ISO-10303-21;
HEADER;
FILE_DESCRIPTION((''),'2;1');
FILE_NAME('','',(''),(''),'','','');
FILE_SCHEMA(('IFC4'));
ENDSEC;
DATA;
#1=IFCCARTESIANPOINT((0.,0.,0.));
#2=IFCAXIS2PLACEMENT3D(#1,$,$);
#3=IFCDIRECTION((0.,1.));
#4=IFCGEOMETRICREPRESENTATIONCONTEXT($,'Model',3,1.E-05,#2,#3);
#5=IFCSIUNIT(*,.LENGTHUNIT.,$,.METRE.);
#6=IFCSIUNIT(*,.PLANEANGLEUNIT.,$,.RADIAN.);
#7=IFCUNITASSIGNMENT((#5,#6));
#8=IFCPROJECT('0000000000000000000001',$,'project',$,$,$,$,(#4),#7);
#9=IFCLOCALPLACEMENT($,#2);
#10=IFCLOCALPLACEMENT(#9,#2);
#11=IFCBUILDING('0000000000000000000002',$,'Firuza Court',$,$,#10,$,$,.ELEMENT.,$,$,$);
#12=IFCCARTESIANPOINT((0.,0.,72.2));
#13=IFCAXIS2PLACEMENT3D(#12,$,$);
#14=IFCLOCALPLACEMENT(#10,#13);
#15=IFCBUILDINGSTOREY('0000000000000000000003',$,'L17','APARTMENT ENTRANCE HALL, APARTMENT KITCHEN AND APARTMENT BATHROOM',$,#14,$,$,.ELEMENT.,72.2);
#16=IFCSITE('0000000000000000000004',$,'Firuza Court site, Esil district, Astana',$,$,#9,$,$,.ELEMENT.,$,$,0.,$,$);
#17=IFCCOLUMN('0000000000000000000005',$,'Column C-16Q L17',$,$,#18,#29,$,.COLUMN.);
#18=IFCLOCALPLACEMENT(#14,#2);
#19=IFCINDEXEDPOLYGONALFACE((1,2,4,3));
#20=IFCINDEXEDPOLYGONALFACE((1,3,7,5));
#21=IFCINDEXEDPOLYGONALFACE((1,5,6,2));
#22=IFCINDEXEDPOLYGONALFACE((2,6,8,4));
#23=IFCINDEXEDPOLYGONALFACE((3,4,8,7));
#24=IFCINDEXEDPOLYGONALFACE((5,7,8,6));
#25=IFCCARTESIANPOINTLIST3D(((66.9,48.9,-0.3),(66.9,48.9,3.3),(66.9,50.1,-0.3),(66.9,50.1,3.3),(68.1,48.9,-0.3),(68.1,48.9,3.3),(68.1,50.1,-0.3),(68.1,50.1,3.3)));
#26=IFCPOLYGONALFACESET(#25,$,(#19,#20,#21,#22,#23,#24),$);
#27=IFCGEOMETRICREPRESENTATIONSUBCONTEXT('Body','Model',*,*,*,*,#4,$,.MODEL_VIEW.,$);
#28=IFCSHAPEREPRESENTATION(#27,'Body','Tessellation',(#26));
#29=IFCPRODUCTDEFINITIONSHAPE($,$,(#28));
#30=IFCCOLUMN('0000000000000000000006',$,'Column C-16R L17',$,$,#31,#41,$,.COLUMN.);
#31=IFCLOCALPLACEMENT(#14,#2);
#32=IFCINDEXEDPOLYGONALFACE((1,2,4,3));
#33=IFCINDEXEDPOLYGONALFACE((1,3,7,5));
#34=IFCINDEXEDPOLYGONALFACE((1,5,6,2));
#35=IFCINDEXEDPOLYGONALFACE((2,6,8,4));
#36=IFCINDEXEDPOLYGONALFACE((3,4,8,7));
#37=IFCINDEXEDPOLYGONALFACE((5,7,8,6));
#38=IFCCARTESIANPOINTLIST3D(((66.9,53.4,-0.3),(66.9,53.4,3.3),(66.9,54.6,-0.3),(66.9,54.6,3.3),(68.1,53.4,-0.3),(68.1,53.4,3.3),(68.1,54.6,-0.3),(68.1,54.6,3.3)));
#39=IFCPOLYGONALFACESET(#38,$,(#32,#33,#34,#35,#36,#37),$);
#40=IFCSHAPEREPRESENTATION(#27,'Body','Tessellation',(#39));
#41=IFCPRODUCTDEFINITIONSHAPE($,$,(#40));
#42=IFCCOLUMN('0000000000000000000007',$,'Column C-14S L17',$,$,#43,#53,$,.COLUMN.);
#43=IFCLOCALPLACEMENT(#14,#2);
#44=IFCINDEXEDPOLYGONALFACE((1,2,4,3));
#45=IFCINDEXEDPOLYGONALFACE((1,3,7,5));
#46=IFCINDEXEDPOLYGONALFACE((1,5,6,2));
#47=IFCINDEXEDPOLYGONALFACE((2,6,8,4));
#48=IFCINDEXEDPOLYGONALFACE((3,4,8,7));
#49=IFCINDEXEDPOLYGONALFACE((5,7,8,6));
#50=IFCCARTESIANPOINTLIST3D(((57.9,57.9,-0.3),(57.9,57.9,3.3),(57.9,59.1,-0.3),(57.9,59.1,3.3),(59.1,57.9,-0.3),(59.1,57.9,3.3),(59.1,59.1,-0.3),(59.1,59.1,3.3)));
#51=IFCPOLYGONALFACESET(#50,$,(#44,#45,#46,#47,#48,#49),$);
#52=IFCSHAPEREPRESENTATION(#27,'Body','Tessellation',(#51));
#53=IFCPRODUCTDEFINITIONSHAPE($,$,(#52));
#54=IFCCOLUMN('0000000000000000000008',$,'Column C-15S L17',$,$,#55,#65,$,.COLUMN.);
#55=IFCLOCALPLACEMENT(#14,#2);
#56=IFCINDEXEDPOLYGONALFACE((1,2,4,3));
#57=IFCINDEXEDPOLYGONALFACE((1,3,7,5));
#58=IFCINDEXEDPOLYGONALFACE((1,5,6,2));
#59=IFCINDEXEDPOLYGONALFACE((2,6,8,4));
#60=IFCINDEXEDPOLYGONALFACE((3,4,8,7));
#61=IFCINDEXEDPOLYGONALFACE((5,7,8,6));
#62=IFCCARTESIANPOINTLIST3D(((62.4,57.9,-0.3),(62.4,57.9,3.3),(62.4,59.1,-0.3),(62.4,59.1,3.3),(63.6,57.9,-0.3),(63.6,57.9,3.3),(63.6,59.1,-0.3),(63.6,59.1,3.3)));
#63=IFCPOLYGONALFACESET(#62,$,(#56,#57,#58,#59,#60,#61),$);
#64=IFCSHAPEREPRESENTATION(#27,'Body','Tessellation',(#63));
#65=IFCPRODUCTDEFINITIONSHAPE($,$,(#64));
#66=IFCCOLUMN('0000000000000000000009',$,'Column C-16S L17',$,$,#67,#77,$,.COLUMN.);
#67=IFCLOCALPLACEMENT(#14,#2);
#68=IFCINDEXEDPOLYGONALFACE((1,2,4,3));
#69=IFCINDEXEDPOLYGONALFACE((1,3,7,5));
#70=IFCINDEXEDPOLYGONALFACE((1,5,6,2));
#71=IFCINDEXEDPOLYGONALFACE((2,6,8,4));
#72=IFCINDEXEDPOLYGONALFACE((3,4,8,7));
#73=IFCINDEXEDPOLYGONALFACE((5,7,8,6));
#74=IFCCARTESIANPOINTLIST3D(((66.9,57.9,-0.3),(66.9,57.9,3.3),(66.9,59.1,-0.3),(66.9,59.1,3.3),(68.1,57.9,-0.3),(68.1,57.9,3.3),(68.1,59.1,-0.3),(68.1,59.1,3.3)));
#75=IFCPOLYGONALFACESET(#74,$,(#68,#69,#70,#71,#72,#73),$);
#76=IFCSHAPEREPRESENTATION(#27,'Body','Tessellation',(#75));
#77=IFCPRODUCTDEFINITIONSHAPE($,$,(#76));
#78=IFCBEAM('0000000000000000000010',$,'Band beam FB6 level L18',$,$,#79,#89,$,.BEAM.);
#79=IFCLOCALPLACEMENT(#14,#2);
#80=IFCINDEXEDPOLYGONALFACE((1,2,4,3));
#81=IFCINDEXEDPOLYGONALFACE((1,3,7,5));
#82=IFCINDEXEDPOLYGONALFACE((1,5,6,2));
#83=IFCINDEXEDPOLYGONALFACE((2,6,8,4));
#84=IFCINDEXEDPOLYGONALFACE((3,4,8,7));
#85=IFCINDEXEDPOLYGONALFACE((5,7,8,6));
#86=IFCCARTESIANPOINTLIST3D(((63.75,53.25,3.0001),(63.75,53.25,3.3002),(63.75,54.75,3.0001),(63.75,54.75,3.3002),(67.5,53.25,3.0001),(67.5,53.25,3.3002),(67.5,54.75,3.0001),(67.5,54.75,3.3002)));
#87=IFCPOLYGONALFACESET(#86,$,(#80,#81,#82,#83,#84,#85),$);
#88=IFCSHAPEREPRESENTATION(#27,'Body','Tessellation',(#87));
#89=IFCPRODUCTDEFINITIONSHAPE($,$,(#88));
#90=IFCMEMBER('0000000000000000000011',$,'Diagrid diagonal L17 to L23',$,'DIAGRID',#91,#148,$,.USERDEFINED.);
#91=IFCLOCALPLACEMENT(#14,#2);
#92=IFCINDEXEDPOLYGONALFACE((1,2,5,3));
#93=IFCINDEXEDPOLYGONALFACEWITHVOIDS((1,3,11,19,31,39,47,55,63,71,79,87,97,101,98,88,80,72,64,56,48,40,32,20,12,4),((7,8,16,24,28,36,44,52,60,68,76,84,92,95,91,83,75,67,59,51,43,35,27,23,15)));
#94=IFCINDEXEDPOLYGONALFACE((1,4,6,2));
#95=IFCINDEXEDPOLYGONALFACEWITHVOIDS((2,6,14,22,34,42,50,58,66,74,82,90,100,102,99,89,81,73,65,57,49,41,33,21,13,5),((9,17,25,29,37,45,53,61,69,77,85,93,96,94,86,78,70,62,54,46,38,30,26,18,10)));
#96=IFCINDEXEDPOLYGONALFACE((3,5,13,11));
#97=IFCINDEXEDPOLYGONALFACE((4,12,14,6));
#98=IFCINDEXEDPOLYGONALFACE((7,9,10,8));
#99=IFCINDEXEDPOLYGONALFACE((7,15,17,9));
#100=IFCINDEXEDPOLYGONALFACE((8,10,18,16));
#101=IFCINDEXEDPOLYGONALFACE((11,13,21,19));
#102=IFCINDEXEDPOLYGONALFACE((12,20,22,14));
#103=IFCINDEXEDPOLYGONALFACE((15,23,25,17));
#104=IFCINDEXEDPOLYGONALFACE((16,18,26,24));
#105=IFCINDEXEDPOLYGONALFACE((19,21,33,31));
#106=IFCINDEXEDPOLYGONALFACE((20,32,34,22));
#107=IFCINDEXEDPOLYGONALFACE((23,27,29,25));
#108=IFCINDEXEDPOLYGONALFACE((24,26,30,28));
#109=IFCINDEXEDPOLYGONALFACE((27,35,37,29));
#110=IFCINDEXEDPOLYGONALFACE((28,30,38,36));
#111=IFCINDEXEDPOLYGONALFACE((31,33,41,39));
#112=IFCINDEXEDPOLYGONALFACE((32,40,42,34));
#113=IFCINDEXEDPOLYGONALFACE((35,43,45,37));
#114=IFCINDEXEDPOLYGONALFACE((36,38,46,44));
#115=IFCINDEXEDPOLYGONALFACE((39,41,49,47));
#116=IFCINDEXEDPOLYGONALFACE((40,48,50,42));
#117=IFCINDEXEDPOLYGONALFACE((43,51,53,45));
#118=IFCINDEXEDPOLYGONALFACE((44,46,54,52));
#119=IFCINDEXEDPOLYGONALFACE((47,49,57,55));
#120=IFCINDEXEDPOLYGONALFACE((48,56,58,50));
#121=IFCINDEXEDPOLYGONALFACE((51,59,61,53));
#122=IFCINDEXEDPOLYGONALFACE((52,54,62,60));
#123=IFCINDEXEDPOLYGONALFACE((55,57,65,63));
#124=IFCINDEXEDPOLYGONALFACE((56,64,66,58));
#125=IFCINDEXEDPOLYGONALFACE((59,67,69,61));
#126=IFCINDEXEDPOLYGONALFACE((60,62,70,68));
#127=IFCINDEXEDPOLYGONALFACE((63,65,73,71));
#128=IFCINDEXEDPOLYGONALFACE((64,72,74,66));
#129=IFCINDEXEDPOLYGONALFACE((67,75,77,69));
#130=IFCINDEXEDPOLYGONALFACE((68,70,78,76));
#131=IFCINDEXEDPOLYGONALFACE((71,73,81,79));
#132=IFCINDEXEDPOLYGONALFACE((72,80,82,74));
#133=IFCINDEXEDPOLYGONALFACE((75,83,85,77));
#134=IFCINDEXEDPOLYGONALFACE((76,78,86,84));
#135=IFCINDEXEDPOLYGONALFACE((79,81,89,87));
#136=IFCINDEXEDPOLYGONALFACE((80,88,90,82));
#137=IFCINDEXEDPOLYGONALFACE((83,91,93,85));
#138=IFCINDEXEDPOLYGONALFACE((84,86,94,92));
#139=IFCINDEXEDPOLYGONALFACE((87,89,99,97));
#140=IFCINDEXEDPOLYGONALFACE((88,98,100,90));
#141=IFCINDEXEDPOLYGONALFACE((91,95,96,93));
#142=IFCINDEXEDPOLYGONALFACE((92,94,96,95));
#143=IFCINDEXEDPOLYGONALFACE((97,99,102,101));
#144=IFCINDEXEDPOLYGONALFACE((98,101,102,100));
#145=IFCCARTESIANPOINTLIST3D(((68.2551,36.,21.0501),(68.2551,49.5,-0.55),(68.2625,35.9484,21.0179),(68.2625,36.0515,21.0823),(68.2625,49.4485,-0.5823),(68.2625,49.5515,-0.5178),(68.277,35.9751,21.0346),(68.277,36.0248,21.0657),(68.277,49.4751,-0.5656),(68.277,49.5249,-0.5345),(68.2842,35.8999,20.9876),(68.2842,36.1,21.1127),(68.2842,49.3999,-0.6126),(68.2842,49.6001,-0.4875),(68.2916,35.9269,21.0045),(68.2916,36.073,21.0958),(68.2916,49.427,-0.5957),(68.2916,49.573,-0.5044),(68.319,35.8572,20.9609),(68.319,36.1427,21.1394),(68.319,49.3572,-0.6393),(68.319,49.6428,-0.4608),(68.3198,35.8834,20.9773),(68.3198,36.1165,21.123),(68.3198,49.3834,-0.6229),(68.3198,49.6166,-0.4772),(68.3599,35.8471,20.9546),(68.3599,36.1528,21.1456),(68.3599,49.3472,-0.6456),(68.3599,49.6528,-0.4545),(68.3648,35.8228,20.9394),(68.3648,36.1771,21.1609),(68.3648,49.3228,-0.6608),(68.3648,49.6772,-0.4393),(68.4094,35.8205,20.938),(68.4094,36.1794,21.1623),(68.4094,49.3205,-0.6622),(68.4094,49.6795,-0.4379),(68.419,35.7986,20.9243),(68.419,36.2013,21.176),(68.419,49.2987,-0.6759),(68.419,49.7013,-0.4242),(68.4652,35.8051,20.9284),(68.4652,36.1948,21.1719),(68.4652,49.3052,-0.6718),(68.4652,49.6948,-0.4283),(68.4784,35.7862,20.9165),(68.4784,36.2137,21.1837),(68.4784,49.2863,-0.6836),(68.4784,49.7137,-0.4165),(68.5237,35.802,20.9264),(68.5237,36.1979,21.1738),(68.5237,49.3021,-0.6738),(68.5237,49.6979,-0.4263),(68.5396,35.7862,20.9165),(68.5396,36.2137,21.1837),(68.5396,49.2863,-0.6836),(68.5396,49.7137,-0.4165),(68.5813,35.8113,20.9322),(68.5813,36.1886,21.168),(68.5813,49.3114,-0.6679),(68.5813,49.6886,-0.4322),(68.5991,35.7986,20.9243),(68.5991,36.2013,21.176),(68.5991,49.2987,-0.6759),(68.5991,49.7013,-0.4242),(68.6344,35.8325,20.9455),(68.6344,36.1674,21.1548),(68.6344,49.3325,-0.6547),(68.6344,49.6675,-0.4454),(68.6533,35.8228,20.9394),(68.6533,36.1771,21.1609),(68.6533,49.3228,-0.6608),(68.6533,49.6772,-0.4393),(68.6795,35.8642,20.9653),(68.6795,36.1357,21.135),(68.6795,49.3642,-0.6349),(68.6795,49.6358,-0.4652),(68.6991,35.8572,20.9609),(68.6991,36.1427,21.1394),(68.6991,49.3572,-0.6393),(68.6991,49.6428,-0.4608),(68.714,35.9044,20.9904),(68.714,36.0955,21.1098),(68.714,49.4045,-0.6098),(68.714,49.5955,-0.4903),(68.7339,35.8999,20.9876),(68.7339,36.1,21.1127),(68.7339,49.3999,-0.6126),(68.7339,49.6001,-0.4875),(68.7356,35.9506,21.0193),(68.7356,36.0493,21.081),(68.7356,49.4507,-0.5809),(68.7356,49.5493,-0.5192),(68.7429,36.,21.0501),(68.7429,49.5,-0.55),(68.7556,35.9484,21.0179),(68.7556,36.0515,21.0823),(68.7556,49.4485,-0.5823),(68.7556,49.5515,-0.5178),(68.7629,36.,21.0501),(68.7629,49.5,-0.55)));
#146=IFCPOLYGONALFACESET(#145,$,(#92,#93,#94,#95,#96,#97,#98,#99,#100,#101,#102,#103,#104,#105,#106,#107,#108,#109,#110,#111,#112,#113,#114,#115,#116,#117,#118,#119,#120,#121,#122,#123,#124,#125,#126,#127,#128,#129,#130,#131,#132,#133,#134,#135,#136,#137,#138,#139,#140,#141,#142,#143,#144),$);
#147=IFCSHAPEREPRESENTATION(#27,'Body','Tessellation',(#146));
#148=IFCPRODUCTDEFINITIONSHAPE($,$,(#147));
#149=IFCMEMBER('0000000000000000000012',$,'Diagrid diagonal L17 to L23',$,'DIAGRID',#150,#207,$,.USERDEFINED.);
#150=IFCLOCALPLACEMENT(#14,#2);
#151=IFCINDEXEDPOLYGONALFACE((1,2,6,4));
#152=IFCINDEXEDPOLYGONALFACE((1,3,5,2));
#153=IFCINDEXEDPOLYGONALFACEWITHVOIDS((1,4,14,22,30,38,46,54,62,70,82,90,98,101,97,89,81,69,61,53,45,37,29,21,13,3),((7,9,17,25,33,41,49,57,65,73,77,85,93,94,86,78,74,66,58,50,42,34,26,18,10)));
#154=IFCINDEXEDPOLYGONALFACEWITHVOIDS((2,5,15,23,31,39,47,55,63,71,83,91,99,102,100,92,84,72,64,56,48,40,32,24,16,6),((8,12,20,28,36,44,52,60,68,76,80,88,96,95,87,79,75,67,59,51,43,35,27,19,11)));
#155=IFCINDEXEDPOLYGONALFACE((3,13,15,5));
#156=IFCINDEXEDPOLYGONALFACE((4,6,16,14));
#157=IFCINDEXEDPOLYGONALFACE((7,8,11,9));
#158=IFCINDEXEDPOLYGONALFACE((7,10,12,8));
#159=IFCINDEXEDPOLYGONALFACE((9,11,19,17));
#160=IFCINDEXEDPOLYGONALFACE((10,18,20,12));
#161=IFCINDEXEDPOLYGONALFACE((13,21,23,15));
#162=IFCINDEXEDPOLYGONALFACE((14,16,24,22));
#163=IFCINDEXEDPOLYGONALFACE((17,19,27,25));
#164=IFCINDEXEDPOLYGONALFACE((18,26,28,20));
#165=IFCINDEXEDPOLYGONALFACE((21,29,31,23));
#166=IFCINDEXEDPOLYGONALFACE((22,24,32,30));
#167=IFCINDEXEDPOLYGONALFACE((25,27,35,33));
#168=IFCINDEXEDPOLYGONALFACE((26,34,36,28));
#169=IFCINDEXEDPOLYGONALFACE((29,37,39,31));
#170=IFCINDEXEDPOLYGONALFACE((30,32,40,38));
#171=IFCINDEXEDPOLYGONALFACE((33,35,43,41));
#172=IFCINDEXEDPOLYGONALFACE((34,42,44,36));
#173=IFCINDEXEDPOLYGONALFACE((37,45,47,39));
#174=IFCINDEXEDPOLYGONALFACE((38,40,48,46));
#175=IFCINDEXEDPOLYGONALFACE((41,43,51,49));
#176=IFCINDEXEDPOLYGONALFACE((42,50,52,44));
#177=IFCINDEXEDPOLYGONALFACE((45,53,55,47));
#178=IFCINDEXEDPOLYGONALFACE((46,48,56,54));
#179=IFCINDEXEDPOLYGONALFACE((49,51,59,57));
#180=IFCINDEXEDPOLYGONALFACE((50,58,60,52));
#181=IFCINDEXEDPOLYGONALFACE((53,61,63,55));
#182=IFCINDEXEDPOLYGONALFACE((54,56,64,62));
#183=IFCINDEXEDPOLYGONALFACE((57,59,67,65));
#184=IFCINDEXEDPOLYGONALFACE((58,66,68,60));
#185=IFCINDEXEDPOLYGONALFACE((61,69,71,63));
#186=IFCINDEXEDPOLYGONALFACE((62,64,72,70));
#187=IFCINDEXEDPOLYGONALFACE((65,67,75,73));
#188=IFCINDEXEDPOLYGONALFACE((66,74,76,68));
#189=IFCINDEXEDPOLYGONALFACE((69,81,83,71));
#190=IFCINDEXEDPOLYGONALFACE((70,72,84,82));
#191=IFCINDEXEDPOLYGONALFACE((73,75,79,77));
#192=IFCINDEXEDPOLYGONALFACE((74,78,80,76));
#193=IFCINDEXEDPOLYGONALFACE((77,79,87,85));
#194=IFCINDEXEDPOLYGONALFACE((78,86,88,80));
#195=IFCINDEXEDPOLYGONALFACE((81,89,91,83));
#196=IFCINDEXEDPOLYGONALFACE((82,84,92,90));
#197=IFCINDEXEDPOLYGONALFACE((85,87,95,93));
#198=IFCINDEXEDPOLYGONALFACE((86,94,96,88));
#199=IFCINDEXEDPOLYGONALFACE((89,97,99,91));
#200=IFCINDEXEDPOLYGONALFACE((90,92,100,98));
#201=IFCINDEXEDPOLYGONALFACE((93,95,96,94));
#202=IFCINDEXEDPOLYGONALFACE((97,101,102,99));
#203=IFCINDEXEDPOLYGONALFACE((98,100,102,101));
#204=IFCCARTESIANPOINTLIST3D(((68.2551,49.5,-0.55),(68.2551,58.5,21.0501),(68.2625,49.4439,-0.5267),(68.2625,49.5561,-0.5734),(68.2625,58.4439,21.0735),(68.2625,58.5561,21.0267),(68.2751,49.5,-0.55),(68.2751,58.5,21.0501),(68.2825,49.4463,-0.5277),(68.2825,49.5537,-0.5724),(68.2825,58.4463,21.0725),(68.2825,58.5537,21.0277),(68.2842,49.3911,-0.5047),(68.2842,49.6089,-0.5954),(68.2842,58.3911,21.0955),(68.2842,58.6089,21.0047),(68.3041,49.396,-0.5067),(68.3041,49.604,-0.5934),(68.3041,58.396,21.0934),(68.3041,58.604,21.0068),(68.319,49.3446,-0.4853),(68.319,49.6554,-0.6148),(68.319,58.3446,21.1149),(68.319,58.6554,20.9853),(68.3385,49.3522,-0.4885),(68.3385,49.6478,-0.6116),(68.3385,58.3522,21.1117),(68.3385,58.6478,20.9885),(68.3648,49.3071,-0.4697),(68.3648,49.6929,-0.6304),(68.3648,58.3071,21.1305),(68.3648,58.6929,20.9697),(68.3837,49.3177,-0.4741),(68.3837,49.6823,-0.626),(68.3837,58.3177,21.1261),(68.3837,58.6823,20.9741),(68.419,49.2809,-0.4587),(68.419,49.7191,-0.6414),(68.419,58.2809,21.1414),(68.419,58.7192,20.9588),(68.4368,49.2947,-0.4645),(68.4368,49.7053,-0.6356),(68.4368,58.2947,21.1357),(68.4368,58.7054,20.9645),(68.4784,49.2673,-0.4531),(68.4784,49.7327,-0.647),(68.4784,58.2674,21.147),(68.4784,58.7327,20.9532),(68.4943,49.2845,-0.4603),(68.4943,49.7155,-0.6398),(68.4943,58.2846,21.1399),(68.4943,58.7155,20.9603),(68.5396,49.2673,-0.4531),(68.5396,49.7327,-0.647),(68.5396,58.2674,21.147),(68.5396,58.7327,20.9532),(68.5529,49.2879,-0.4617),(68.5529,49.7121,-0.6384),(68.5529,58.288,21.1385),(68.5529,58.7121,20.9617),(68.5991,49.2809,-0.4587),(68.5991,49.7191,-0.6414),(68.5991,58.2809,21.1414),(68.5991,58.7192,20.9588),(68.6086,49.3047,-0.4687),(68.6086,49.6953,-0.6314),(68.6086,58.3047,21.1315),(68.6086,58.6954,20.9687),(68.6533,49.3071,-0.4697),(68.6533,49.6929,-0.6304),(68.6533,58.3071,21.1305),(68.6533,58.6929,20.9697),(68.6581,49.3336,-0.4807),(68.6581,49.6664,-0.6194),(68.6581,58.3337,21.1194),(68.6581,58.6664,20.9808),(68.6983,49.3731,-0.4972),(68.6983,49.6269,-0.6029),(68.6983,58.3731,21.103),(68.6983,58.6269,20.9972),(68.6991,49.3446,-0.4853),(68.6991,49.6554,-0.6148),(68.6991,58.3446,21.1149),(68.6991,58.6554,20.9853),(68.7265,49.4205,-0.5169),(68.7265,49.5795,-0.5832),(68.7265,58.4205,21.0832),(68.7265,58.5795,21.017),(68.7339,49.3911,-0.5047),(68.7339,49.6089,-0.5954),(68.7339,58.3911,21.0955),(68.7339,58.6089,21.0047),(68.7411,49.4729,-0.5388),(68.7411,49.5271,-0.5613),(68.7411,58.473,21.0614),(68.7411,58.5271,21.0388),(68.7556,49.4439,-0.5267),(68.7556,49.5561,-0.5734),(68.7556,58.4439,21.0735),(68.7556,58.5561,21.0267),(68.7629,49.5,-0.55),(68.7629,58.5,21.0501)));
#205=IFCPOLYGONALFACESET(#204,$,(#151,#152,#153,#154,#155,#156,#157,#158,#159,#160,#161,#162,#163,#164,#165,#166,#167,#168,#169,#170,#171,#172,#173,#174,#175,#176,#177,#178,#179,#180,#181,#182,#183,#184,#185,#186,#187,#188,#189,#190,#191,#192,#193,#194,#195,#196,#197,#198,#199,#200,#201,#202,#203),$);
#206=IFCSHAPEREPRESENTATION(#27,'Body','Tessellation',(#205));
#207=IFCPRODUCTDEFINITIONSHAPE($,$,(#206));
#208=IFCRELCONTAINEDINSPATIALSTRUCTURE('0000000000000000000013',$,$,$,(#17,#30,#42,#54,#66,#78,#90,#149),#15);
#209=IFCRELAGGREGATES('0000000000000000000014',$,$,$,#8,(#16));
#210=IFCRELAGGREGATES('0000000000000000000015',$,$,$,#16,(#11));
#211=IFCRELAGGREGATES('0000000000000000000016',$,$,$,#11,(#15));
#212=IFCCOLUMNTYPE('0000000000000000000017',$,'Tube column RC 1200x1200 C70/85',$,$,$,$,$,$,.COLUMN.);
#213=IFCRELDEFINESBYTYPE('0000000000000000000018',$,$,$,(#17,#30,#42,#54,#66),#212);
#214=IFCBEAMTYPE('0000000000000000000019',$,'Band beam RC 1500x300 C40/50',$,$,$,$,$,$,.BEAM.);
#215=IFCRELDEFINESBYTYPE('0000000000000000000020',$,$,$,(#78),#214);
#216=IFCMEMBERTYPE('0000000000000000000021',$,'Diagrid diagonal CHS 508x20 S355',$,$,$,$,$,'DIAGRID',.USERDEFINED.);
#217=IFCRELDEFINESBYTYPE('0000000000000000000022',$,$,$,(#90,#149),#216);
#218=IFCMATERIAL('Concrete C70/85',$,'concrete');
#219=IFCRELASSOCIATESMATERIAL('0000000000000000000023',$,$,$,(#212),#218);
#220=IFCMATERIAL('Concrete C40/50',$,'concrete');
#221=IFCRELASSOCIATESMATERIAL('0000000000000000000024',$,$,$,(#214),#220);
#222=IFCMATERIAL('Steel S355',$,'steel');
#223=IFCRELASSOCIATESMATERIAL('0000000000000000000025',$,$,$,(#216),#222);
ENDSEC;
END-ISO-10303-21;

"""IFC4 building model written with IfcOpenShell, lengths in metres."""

from ifc_helpers import new_model, si_unit, direction, frame, origin, origin_2d, place, context, subcontext, project, spatial, rectangle, hollow_circle, extrude, material, material_profile, profile_set, type_object, element, save


model = new_model("IFC4")

# Units and contexts
model_context = context("Model", 3, precision=1e-05, world=origin(), true_north=direction((0.0, 1.0)))
body_context = subcontext(model_context, "Body", "Model", "MODEL_VIEW")
ifc_project = project(units=[si_unit("LENGTHUNIT", "METRE"), si_unit("PLANEANGLEUNIT", "RADIAN")], contexts=[model_context])

# Site, building, storey
site_placement = place(None, origin())
site = spatial("IfcSite", under=ifc_project, at=site_placement, Name="Firuza Court site, Esil district, Astana", CompositionType="ELEMENT", RefElevation=0.0)
building_placement = place(site_placement, origin())
building = spatial("IfcBuilding", under=site, at=building_placement, Name="Firuza Court", CompositionType="ELEMENT")
storey_placement = place(building_placement, frame((0.0, 0.0, 72.2)))
storey = spatial("IfcBuildingStorey", under=building, at=storey_placement, Name="L17", Description="APARTMENT ENTRANCE HALL, APARTMENT KITCHEN AND APARTMENT BATHROOM", CompositionType="ELEMENT", Elevation=72.2)

# Columns
ifc_material_1 = material(Name="Concrete C70/85", Category="concrete")
ifc_material_profile_1 = material_profile(ifc_material_1, rectangle(XDim=1.2, YDim=1.2, at=origin_2d()), Name="RC 1200x1200")
ifc_profile_set_1 = profile_set([ifc_material_profile_1], Name="Concrete C70/85")
column_type = type_object("IfcColumnType", Name="Tube column RC 1200x1200 C70/85", PredefinedType="COLUMN", material=ifc_profile_set_1)
for number, where, z_axis, x_axis, name in (
    (1, (67.5, 49.5, -0.3), (0.0, 0.0, 1.0), (1.0, 0.0, 0.0), "Column C-16Q L17"),
    (2, (67.5, 54.0, -0.3), (0.0, 0.0, 1.0), (1.0, 0.0, 0.0), "Column C-16R L17"),
    (3, (58.5, 58.5, -0.3), (0.0, 0.0, 1.0), (1.0, 0.0, 0.0), "Column C-14S L17"),
    (4, (63.0, 58.5, -0.3), (0.0, 0.0, 1.0), (1.0, 0.0, 0.0), "Column C-15S L17"),
    (5, (67.5, 58.5, -0.3), (0.0, 0.0, 1.0), (1.0, 0.0, 0.0), "Column C-16S L17"),
):
    element("IfcColumn", number, at=place(storey_placement, frame(where, z_axis=z_axis, x_axis=x_axis)), inside=storey, type_object=column_type, Name=name, PredefinedType="COLUMN", context=body_context, shape_type="SweptSolid", body=[
        extrude(rectangle(XDim=1.2, YDim=1.2, at=origin_2d()), origin(), (0.0, 0.0, 1.0), 3.6001),
    ])

# Beam
ifc_material_2 = material(Name="Concrete C40/50", Category="concrete")
ifc_material_profile_2 = material_profile(ifc_material_2, rectangle(XDim=1.5, YDim=0.3, at=origin_2d()), Name="RC 1500x300")
ifc_profile_set_2 = profile_set([ifc_material_profile_2], Name="Concrete C40/50")
beam_type_1 = type_object("IfcBeamType", Name="Band beam RC 1500x300 C40/50", PredefinedType="BEAM", material=ifc_profile_set_2)
beam_placement = place(storey_placement, frame((67.5, 54.0, 3.1501), z_axis=(-1.0, 0.0, 0.0), x_axis=(0.0, -1.0, 0.0)))
element("IfcBeam", 6, at=beam_placement, inside=storey, type_object=beam_type_1, Name="Band beam FB6 level L18", PredefinedType="BEAM", context=body_context, shape_type="SweptSolid", body=[
    extrude(rectangle(XDim=1.5, YDim=0.3, at=origin_2d()), origin(), (0.0, 0.0, 1.0), 3.75),
])

# Members
ifc_material_3 = material(Name="Steel S355", Category="steel")
ifc_material_profile_3 = material_profile(ifc_material_3, hollow_circle(Radius=0.2539, WallThickness=0.02, at=origin_2d()), Name="CHS 508x20")
ifc_profile_set_3 = profile_set([ifc_material_profile_3], Name="Steel S355")
member_type = type_object("IfcMemberType", Name="Diagrid diagonal CHS 508x20 S355", ElementType="DIAGRID", PredefinedType="USERDEFINED", material=ifc_profile_set_3)
member_1_placement = place(storey_placement, frame((68.509, 49.5, -0.55), z_axis=(0.0, -0.529997, 0.847999), x_axis=(1.0, 0.0, 0.0)))
element("IfcMember", 7, at=member_1_placement, inside=storey, type_object=member_type, Name="Diagrid diagonal L17 to L23", ObjectType="DIAGRID", PredefinedType="USERDEFINED", context=body_context, shape_type="SweptSolid", body=[
    extrude(hollow_circle(Radius=0.2539, WallThickness=0.02, at=origin_2d()), origin(), (0.0, 0.0, 1.0), 25.4719),
])
member_2_placement = place(storey_placement, frame((68.509, 49.5, -0.55), z_axis=(0.0, 0.384614, 0.923078), x_axis=(-1.0, 0.0, 0.0)))
element("IfcMember", 8, at=member_2_placement, inside=storey, type_object=member_type, Name="Diagrid diagonal L17 to L23", ObjectType="DIAGRID", PredefinedType="USERDEFINED", context=body_context, shape_type="SweptSolid", body=[
    extrude(hollow_circle(Radius=0.2539, WallThickness=0.02, at=origin_2d()), origin(), (0.0, 0.0, 1.0), 23.4001),
])

save(model, "model.ifc")
